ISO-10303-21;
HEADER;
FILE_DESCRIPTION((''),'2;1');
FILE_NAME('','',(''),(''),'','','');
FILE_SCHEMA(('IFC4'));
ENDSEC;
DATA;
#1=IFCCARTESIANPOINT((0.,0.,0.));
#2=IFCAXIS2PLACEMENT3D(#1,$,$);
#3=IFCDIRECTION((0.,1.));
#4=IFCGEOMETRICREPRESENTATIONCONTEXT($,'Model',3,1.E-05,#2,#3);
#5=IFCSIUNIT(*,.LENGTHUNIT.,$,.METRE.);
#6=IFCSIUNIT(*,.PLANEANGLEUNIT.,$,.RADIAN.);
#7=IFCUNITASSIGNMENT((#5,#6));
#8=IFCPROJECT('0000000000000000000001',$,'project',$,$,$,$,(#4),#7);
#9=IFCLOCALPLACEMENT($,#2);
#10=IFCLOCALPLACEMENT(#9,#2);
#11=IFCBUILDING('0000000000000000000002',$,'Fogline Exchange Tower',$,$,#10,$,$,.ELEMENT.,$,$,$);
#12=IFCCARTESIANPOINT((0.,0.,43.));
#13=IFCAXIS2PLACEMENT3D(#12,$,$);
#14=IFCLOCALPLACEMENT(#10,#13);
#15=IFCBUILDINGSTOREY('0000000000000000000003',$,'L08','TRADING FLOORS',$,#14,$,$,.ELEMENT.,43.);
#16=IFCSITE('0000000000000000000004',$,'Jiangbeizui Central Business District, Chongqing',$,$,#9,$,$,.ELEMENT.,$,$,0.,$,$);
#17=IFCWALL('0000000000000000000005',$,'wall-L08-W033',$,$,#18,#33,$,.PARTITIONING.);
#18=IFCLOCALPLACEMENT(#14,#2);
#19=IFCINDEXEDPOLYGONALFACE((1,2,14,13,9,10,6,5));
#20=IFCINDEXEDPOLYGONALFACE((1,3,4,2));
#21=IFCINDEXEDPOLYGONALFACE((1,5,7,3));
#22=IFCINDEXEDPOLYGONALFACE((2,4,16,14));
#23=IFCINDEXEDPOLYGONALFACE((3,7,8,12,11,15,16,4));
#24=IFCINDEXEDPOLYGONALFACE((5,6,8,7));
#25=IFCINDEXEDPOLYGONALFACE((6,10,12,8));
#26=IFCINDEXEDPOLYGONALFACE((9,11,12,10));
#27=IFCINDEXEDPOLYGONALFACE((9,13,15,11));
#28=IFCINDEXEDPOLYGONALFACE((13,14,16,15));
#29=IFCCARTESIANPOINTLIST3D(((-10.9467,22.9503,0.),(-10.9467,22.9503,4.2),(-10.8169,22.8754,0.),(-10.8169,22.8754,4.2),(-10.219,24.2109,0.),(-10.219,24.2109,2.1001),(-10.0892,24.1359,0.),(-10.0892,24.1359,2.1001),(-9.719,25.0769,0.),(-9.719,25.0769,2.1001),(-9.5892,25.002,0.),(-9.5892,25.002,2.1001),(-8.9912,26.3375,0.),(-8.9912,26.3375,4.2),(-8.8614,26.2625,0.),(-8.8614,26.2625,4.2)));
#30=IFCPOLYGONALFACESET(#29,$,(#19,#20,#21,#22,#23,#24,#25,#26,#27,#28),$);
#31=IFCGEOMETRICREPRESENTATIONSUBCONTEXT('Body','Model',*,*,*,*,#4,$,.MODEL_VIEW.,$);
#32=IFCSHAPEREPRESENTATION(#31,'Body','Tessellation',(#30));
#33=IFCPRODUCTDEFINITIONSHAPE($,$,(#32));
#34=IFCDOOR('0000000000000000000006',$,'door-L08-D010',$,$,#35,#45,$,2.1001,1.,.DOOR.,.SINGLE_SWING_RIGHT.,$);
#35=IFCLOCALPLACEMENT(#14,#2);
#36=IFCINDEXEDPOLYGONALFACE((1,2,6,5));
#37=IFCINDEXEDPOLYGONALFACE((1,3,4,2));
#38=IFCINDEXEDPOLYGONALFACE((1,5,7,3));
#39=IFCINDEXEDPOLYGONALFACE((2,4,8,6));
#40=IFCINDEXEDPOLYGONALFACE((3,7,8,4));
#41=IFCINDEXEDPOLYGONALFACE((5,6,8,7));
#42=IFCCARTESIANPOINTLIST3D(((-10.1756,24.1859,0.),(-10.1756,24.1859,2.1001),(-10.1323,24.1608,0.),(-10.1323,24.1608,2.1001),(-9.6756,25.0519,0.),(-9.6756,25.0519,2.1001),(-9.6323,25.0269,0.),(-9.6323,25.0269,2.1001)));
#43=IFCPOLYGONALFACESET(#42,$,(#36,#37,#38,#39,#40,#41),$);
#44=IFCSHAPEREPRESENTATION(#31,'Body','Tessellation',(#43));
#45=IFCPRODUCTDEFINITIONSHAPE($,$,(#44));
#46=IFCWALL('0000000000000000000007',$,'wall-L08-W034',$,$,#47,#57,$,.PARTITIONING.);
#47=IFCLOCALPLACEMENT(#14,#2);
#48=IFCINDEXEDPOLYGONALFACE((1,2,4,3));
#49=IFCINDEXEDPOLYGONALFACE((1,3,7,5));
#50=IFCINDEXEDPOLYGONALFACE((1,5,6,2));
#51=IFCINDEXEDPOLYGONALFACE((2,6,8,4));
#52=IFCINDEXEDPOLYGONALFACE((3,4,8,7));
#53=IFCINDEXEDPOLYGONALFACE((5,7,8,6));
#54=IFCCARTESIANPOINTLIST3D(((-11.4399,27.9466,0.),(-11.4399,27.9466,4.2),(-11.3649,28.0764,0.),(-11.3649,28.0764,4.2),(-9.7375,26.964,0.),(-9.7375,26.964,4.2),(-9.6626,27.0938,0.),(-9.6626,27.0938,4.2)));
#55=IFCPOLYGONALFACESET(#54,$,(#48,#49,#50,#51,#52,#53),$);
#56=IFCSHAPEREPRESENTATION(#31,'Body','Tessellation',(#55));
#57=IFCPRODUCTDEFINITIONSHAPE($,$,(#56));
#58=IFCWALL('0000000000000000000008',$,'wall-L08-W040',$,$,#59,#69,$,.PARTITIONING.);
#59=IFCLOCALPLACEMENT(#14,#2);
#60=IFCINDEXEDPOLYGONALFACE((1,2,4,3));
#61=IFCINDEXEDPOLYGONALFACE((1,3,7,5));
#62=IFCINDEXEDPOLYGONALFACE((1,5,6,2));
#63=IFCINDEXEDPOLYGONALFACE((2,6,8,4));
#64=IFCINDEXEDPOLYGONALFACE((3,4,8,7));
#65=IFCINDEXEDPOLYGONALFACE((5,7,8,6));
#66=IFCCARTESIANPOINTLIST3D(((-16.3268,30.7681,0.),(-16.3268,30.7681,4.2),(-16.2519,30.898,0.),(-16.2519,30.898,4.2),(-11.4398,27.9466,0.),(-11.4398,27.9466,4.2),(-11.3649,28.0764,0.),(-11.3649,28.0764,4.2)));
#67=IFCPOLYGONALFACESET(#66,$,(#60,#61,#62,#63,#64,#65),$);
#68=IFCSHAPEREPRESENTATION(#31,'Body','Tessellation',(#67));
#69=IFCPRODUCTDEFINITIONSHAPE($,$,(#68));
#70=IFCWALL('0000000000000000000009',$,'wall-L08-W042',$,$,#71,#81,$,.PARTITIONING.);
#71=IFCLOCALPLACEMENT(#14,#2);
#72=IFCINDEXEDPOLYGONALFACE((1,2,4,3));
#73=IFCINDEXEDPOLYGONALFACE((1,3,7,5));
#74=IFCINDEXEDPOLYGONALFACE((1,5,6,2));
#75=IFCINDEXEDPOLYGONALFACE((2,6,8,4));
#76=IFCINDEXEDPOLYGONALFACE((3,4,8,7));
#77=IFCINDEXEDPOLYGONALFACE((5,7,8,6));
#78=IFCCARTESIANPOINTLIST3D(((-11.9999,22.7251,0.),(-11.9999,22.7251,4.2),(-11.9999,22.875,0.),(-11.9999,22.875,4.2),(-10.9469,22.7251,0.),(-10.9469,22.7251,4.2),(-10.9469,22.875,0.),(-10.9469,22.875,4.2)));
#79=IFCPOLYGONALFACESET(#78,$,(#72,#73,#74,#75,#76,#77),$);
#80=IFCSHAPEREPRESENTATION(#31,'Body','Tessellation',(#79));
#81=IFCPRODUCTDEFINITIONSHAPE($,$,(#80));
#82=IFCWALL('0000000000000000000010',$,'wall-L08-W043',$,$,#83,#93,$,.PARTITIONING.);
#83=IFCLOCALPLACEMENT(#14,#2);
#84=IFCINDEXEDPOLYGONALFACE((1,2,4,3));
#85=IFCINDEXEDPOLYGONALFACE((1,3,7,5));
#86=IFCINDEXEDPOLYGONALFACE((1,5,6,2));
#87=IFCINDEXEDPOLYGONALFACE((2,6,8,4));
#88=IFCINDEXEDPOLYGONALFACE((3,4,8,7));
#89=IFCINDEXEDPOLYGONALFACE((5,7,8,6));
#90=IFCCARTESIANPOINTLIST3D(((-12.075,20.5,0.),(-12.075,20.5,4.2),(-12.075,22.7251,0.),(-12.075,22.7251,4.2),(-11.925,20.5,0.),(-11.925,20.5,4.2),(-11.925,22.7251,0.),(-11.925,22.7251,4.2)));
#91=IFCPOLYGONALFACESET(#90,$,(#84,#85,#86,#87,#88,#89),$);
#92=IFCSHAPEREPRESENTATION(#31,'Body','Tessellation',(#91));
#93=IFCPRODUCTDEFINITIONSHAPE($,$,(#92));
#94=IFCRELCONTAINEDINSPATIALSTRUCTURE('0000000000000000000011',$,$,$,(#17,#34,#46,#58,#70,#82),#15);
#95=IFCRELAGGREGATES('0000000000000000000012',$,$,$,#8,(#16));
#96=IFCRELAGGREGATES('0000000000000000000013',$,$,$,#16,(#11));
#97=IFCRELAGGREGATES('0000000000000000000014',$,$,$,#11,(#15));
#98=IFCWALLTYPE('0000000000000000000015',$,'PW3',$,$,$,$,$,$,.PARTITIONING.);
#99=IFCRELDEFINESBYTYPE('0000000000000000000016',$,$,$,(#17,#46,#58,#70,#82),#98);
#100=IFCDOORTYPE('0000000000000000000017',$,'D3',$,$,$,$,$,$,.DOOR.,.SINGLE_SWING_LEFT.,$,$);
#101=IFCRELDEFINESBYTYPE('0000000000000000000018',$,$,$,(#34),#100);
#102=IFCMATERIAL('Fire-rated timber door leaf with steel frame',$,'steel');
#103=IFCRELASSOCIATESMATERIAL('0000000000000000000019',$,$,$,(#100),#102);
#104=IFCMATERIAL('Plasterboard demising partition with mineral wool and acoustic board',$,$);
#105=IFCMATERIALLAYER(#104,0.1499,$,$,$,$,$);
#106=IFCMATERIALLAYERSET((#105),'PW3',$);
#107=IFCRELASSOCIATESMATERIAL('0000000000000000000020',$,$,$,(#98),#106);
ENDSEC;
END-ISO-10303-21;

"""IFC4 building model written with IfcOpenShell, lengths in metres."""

from ifc_helpers import new_model, si_unit, direction, frame, frame_2d, origin, place, context, subcontext, project, spatial, rectangle, extrude, material, layer, layer_set, type_object, element, fill, save


model = new_model("IFC4")

# Units and contexts
model_context = context("Model", 3, precision=1e-05, world=origin(), true_north=direction((0.0, 1.0)))
body_context = subcontext(model_context, "Body", "Model", "MODEL_VIEW")
ifc_project = project(units=[si_unit("LENGTHUNIT", "METRE"), si_unit("PLANEANGLEUNIT", "RADIAN")], contexts=[model_context])

# Site, building, storey
site_placement = place(None, origin())
site = spatial("IfcSite", under=ifc_project, at=site_placement, Name="Jiangbeizui Central Business District, Chongqing", CompositionType="ELEMENT", RefElevation=0.0)
building_placement = place(site_placement, origin())
building = spatial("IfcBuilding", under=site, at=building_placement, Name="Fogline Exchange Tower", CompositionType="ELEMENT")
storey_placement = place(building_placement, frame((0.0, 0.0, 43.0)))
storey = spatial("IfcBuildingStorey", under=building, at=storey_placement, Name="L08", Description="TRADING FLOORS", CompositionType="ELEMENT", Elevation=43.0)

# Wall, opening, door
ifc_material_1 = material(Name="Fire-rated timber door leaf with steel frame", Category="steel")
door_type = type_object("IfcDoorType", Name="D3", OperationType="SINGLE_SWING_LEFT", PredefinedType="DOOR", material=ifc_material_1)
ifc_material_2 = material(Name="Plasterboard demising partition with mineral wool and acoustic board")
ifc_layer_1 = layer(ifc_material_2, 0.1499)
ifc_layer_set_1 = layer_set([ifc_layer_1], Name="PW3")
wall_type_1 = type_object("IfcWallType", Name="PW3", PredefinedType="PARTITIONING", material=ifc_layer_set_1)
wall_1_placement = place(storey_placement, frame((-10.8818, 22.9128, 0.0), z_axis=(0.0, 0.0, 1.0), x_axis=(0.499993, 0.86603, 0.0)))
wall_1 = element("IfcWall", 1, at=wall_1_placement, inside=storey, type_object=wall_type_1, Name="wall-L08-W033", PredefinedType="PARTITIONING", context=body_context, shape_type="SweptSolid", body=[
    extrude(rectangle(XDim=3.9111, YDim=0.1499, at=frame_2d((1.9556, 0.0))), origin(), (0.0, 0.0, 1.0), 4.2),
])
opening_1_placement = place(wall_1_placement, frame((1.4556, 0.0, 0.0)))
opening_1 = element("IfcOpeningElement", 2, at=opening_1_placement, cuts=wall_1, PredefinedType="OPENING", context=body_context, shape_type="SweptSolid", body=[
    extrude(rectangle(XDim=1.0, YDim=2.1001, at=frame_2d((0.5, 1.05))), frame((0.0, 0.085, 0.0), z_axis=(0.0, -1.0, 0.0), x_axis=(1.0, 0.0, 0.0)), (0.0, 0.0, 1.0), 0.1699),
])
door_1_placement = place(opening_1_placement, origin())
door_1 = element("IfcDoor", 3, at=door_1_placement, inside=storey, type_object=door_type, Name="door-L08-D010", OperationType="SINGLE_SWING_RIGHT", OverallHeight=2.1001, OverallWidth=1.0, PredefinedType="DOOR", context=body_context, shape_type="SweptSolid", body=[
    extrude(rectangle(XDim=1.0, YDim=2.1001, at=frame_2d((0.5, 1.05))), frame((0.0, 0.0249, 0.0), z_axis=(0.0, -1.0, 0.0), x_axis=(1.0, 0.0, 0.0)), (0.0, 0.0, 1.0), 0.05),
])
fill(opening_1, door_1)

# Walls
wall_2_placement = place(storey_placement, frame((-9.7, 27.0288, 0.0), z_axis=(0.0, 0.0, 1.0), x_axis=(-0.866072, 0.49992, 0.0)))
element("IfcWall", 4, at=wall_2_placement, inside=storey, type_object=wall_type_1, Name="wall-L08-W034", PredefinedType="PARTITIONING", context=body_context, shape_type="SweptSolid", body=[
    extrude(rectangle(XDim=1.9656, YDim=0.1499, at=frame_2d((0.9829, 0.0))), origin(), (0.0, 0.0, 1.0), 4.2),
])
wall_3_placement = place(storey_placement, frame((-11.4023, 28.0115, 0.0), z_axis=(0.0, 0.0, 1.0), x_axis=(-0.866022, 0.500006, 0.0)))
element("IfcWall", 5, at=wall_3_placement, inside=storey, type_object=wall_type_1, Name="wall-L08-W040", PredefinedType="PARTITIONING", context=body_context, shape_type="SweptSolid", body=[
    extrude(rectangle(XDim=5.6431, YDim=0.1499, at=frame_2d((2.8215, 0.0))), origin(), (0.0, 0.0, 1.0), 4.2),
])
wall_4_placement = place(storey_placement, frame((-10.947, 22.8, 0.0), z_axis=(0.0, 0.0, 1.0), x_axis=(-1.0, 0.0, 0.0)))
element("IfcWall", 6, at=wall_4_placement, inside=storey, type_object=wall_type_1, Name="wall-L08-W042", PredefinedType="PARTITIONING", context=body_context, shape_type="SweptSolid", body=[
    extrude(rectangle(XDim=1.053, YDim=0.1499, at=frame_2d((0.5264, 0.0))), origin(), (0.0, 0.0, 1.0), 4.2),
])
wall_5_placement = place(storey_placement, frame((-12.0, 22.7251, 0.0), z_axis=(0.0, 0.0, 1.0), x_axis=(0.0, -1.0, 0.0)))
element("IfcWall", 7, at=wall_5_placement, inside=storey, type_object=wall_type_1, Name="wall-L08-W043", PredefinedType="PARTITIONING", context=body_context, shape_type="SweptSolid", body=[
    extrude(rectangle(XDim=2.2251, YDim=0.1499, at=frame_2d((1.1125, 0.0))), origin(), (0.0, 0.0, 1.0), 4.2),
])

save(model, "model.ifc")
